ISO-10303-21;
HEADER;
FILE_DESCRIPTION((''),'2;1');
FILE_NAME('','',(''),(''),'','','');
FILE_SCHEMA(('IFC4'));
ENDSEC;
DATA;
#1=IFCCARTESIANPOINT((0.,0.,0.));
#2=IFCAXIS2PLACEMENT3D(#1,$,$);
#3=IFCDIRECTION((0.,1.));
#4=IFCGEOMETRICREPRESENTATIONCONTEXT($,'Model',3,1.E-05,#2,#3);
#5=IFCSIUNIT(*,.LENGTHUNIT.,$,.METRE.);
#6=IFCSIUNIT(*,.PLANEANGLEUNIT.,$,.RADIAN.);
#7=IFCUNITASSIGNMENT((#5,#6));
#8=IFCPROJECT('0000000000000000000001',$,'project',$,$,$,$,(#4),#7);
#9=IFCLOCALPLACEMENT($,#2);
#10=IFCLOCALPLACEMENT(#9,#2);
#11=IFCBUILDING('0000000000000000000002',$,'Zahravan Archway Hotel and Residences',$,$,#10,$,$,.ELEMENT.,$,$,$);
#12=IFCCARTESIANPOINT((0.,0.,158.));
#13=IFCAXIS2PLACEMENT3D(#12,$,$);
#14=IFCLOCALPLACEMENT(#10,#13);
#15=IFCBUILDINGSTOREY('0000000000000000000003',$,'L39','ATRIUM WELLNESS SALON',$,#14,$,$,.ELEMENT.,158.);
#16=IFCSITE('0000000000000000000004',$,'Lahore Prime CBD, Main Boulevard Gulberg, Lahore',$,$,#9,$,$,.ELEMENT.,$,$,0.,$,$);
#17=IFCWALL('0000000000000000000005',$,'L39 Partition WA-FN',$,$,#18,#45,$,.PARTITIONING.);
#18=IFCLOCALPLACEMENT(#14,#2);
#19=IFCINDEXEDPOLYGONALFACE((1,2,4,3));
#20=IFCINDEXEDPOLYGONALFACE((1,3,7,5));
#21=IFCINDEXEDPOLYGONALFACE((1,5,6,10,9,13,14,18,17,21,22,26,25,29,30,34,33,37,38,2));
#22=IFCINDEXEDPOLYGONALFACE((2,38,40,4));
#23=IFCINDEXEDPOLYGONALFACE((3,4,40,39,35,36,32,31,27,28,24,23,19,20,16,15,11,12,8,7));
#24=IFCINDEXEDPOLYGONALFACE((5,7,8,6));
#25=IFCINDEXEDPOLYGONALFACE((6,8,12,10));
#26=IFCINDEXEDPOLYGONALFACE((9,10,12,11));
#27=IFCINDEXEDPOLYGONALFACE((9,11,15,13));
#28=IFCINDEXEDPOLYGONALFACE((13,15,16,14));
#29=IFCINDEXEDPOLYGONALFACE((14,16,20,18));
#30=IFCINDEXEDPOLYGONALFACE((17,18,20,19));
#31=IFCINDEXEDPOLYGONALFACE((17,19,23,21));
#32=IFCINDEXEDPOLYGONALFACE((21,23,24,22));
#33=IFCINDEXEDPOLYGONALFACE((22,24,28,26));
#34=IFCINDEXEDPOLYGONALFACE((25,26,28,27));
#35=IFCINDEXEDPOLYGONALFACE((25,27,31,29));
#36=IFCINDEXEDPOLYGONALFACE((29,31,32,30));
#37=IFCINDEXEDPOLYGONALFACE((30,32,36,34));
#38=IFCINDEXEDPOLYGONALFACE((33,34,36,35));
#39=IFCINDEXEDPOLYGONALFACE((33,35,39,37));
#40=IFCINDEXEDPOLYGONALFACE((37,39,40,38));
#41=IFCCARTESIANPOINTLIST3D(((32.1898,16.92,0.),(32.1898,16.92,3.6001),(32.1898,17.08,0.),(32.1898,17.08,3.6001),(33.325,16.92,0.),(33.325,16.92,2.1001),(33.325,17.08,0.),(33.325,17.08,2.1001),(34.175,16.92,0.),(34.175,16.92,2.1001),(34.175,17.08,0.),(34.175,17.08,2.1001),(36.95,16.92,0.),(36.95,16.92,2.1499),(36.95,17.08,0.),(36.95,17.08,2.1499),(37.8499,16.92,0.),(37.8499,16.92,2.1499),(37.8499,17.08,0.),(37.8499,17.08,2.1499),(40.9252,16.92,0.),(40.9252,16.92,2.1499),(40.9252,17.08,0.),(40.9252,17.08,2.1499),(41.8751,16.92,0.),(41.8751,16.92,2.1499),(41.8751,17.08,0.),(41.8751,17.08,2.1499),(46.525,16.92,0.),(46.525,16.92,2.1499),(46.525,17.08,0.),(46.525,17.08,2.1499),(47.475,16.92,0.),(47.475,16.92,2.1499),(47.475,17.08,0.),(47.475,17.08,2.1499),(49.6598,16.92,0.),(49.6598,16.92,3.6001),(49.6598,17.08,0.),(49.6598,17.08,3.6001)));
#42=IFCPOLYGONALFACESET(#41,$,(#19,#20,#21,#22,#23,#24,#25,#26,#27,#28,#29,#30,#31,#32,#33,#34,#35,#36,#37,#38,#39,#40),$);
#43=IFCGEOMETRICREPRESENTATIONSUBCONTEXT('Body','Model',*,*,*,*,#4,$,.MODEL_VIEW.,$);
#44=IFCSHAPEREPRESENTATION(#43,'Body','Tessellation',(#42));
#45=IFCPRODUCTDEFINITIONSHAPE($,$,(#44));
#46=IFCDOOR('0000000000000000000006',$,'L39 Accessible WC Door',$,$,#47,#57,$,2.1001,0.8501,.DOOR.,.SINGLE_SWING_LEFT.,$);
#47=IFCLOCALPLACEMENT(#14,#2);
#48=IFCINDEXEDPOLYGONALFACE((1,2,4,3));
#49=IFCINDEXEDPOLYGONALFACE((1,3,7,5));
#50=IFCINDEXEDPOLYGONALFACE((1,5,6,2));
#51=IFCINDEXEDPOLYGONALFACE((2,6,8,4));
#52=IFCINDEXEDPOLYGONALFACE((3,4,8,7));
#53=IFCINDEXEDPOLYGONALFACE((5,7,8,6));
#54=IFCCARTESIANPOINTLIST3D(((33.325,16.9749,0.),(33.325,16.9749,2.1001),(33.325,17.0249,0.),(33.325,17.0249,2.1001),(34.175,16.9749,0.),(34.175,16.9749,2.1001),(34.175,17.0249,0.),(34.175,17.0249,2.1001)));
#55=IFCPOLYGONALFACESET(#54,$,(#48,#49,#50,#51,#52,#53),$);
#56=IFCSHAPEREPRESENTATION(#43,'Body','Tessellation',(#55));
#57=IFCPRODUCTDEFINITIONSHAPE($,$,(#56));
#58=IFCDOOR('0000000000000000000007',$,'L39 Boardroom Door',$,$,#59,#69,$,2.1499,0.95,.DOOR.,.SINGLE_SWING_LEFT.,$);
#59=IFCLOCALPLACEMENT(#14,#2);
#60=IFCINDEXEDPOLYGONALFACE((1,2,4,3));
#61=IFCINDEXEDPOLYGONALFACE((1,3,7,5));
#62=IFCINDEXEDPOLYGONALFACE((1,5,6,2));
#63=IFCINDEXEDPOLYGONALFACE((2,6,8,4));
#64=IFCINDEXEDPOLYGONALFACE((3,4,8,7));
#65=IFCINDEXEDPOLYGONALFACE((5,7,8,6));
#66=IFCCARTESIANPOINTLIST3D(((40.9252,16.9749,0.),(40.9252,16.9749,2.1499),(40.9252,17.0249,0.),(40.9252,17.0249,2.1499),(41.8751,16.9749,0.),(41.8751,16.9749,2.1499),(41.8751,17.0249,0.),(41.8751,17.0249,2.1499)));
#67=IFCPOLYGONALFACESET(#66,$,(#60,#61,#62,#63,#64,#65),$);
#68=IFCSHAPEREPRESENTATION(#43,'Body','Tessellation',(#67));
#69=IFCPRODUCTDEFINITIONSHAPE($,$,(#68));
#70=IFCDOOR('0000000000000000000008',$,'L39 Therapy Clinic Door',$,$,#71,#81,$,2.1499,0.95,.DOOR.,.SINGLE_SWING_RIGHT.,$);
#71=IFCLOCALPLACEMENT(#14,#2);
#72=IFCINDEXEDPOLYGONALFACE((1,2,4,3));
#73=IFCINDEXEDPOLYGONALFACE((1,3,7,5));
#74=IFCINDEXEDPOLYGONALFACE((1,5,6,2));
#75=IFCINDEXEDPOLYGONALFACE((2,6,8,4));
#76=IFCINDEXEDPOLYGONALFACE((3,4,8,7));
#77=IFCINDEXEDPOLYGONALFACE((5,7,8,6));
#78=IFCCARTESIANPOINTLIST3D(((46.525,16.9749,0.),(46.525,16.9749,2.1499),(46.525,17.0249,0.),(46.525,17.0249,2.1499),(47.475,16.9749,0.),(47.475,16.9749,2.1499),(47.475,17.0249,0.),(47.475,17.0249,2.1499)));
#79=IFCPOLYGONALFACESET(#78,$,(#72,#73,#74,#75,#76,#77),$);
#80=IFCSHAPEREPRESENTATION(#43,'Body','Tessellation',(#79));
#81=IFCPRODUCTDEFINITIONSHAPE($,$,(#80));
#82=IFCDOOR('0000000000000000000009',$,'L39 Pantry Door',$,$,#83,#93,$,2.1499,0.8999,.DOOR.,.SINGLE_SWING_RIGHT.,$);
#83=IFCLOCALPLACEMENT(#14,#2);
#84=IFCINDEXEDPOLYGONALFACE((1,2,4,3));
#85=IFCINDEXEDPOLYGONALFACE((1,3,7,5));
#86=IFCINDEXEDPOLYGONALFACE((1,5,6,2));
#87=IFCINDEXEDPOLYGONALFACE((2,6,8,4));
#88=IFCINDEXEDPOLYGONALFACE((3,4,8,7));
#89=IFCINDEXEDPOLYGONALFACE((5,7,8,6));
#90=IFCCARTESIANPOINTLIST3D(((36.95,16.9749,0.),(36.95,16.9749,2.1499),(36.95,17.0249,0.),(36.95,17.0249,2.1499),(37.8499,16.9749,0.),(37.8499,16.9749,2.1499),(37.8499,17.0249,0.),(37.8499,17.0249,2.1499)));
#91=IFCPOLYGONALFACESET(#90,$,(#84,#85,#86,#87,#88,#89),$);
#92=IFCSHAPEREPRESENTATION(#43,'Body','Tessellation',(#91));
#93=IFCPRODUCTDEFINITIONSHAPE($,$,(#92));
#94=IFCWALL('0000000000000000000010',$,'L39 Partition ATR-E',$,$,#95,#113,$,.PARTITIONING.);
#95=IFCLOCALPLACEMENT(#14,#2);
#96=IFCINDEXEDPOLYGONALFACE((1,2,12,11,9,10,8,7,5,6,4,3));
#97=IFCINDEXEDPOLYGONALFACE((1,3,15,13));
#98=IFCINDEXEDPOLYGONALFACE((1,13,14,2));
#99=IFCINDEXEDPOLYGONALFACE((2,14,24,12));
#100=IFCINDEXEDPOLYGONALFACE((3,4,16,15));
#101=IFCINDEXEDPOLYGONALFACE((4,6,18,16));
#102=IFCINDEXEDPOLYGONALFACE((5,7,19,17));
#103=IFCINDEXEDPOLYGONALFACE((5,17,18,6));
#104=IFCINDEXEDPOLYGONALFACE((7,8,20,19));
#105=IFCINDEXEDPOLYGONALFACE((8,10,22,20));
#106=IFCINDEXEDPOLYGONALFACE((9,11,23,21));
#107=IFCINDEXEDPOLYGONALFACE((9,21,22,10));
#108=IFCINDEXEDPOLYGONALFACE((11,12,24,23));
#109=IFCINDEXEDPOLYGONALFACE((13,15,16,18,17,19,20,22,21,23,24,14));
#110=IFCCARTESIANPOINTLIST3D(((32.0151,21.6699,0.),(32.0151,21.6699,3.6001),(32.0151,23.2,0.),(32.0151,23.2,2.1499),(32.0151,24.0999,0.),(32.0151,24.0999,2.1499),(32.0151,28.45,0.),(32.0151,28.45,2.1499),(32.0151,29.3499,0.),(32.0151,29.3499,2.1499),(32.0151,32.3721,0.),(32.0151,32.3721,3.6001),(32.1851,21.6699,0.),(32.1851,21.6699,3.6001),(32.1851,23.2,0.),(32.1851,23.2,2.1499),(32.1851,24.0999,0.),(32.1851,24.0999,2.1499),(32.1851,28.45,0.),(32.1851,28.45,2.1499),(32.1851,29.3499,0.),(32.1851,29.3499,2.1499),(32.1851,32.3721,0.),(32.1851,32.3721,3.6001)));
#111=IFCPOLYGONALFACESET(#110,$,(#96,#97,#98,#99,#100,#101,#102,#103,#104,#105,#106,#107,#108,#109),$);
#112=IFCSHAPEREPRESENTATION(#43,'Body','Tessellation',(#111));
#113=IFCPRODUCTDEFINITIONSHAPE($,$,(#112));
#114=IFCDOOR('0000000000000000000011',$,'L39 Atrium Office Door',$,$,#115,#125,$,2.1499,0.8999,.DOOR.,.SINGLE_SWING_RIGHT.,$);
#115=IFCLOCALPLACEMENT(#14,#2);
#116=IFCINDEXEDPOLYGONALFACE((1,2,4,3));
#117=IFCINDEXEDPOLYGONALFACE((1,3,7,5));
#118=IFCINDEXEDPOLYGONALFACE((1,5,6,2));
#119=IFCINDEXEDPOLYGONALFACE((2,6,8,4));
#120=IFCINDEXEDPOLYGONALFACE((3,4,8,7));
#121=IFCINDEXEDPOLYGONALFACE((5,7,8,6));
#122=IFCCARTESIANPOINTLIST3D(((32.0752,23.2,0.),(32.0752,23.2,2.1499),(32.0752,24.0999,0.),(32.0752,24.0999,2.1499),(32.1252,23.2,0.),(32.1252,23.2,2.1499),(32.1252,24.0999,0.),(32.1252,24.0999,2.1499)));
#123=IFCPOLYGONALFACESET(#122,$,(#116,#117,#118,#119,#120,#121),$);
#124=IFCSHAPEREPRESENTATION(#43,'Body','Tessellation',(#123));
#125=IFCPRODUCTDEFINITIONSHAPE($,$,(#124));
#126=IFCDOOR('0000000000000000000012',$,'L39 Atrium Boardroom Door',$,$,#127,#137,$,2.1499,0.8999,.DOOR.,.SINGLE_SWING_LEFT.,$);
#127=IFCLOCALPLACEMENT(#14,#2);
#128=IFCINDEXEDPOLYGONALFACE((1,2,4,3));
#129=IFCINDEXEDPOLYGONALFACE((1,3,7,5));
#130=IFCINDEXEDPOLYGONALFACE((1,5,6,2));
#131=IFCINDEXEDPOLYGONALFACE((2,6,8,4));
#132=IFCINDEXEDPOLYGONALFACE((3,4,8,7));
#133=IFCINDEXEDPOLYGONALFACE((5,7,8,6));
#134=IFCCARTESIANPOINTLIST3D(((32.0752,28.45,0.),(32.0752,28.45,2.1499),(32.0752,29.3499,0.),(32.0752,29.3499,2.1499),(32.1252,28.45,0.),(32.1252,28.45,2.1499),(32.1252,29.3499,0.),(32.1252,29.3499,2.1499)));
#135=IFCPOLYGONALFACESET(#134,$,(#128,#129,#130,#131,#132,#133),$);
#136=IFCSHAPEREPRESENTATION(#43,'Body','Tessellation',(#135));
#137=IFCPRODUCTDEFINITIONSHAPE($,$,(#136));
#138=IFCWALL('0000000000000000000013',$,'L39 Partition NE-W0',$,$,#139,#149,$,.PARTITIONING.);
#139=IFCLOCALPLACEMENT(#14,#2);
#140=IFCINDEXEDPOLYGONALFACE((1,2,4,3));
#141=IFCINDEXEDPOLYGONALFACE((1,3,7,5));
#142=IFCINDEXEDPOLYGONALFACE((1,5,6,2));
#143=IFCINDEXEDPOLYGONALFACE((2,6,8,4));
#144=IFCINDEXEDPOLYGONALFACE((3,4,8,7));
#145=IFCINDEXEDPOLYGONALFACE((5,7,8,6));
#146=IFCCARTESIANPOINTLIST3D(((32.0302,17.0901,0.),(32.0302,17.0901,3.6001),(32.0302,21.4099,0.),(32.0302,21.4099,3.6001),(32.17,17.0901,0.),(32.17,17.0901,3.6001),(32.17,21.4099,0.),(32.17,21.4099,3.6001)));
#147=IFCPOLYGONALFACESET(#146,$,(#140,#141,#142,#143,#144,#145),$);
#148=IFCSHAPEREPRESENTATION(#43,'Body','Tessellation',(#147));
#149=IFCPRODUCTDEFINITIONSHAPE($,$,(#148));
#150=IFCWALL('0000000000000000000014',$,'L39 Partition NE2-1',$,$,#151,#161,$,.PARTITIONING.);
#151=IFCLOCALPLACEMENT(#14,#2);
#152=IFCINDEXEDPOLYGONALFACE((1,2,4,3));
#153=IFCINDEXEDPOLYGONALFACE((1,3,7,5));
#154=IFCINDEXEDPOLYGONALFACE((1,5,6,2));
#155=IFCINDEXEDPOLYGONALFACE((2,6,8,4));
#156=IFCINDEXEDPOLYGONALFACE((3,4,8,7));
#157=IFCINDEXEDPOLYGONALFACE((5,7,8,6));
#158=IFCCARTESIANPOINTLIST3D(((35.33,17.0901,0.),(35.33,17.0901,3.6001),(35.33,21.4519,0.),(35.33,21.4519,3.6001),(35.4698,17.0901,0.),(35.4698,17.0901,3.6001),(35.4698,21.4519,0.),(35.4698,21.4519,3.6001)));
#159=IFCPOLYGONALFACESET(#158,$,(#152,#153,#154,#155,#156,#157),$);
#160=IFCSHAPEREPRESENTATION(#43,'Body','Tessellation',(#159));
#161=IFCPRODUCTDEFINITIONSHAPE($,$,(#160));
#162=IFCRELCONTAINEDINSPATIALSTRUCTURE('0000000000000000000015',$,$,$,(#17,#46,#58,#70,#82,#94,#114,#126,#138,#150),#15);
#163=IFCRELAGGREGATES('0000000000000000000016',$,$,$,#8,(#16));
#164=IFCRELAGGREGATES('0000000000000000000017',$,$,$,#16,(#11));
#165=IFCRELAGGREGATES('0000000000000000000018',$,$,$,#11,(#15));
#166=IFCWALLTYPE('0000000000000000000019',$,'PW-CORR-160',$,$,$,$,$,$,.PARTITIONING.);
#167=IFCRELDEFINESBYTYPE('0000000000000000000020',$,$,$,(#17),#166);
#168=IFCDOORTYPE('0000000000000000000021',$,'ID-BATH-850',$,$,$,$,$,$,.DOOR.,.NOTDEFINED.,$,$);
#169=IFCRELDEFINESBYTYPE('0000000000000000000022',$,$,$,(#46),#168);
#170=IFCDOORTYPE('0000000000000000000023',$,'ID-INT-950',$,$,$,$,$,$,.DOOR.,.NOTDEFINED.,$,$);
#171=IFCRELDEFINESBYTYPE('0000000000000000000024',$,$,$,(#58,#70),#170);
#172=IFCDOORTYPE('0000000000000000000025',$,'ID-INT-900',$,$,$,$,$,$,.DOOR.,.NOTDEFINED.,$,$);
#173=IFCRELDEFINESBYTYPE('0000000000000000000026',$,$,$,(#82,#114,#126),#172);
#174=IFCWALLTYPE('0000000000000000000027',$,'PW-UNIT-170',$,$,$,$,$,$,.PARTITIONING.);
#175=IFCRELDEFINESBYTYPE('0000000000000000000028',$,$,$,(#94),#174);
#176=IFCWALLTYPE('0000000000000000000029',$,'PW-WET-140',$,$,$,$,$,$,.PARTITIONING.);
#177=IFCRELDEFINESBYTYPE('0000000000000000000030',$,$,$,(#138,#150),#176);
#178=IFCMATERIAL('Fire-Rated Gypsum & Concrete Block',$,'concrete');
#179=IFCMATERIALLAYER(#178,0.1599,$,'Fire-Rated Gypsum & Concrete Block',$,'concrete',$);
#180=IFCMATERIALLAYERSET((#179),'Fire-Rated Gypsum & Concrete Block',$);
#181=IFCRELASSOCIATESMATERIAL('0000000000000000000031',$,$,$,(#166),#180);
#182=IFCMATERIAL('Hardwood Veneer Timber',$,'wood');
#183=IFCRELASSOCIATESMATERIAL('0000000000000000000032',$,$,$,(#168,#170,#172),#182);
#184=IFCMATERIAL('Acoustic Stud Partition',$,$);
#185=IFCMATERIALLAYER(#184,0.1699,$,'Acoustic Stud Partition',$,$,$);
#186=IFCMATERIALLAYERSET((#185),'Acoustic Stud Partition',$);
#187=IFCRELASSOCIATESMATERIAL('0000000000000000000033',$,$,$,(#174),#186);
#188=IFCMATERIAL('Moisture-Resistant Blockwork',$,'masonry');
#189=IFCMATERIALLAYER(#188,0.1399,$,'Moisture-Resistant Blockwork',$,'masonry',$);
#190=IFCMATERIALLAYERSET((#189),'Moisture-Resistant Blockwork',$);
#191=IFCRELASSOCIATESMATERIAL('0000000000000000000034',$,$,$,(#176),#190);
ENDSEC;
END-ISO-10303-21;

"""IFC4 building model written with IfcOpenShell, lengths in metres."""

from ifc_helpers import new_model, si_unit, direction, frame, frame_2d, origin, place, context, subcontext, project, spatial, rectangle, extrude, source, transform, mapped, material, layer, layer_set, type_object, type_shapes, element, fill, save


model = new_model("IFC4")

# Units and contexts
model_context = context("Model", 3, precision=1e-05, world=origin(), true_north=direction((0.0, 1.0)))
body_context = subcontext(model_context, "Body", "Model", "MODEL_VIEW")
ifc_project = project(units=[si_unit("LENGTHUNIT", "METRE"), si_unit("PLANEANGLEUNIT", "RADIAN")], contexts=[model_context])

# Site, building, storey
site_placement = place(None, origin())
site = spatial("IfcSite", under=ifc_project, at=site_placement, Name="Lahore Prime CBD, Main Boulevard Gulberg, Lahore", CompositionType="ELEMENT", RefElevation=0.0)
building_placement = place(site_placement, origin())
building = spatial("IfcBuilding", under=site, at=building_placement, Name="Zahravan Archway Hotel and Residences", CompositionType="ELEMENT")
storey_placement = place(building_placement, frame((0.0, 0.0, 158.0)))
storey = spatial("IfcBuildingStorey", under=building, at=storey_placement, Name="L39", Description="ATRIUM WELLNESS SALON", CompositionType="ELEMENT", Elevation=158.0)

# Walls, openings, doors
ifc_material_1 = material(Name="Fire-Rated Gypsum & Concrete Block", Category="concrete")
ifc_layer_1 = layer(ifc_material_1, 0.1599, Name="Fire-Rated Gypsum & Concrete Block", Category="concrete")
ifc_layer_set_1 = layer_set([ifc_layer_1], Name="Fire-Rated Gypsum & Concrete Block")
wall_type_1 = type_object("IfcWallType", Name="PW-CORR-160", PredefinedType="PARTITIONING", material=ifc_layer_set_1)
wall_1_placement = place(storey_placement, frame((32.1899, 17.0, 0.0), z_axis=(0.0, 0.0, 1.0), x_axis=(1.0, 0.0, 0.0)))
wall_1 = element("IfcWall", 1, at=wall_1_placement, inside=storey, type_object=wall_type_1, Name="L39 Partition WA-FN", PredefinedType="PARTITIONING", context=body_context, shape_type="SweptSolid", body=[
    extrude(rectangle(XDim=17.47, YDim=0.1599, at=frame_2d((8.7349, 0.0))), origin(), (0.0, 0.0, 1.0), 3.6001),
])
opening_1_placement = place(wall_1_placement, frame((1.135, 0.0, 0.0)))
opening_1 = element("IfcOpeningElement", 2, at=opening_1_placement, cuts=wall_1, PredefinedType="OPENING", context=body_context, shape_type="SweptSolid", body=[
    extrude(rectangle(XDim=0.8501, YDim=2.1001, at=frame_2d((0.425, 1.05))), frame((0.0, 0.0898, 0.0), z_axis=(0.0, -1.0, 0.0), x_axis=(1.0, 0.0, 0.0)), (0.0, 0.0, 1.0), 0.1799),
])
opening_2_placement = place(wall_1_placement, frame((4.76, 0.0, 0.0)))
opening_2 = element("IfcOpeningElement", 3, at=opening_2_placement, cuts=wall_1, PredefinedType="OPENING", context=body_context, shape_type="SweptSolid", body=[
    extrude(rectangle(XDim=0.8999, YDim=2.1499, at=frame_2d((0.45, 1.075))), frame((0.0, 0.0898, 0.0), z_axis=(0.0, -1.0, 0.0), x_axis=(1.0, 0.0, 0.0)), (0.0, 0.0, 1.0), 0.1799),
])
opening_3_placement = place(wall_1_placement, frame((8.7351, 0.0, 0.0)))
opening_3 = element("IfcOpeningElement", 4, at=opening_3_placement, cuts=wall_1, PredefinedType="OPENING", context=body_context, shape_type="SweptSolid", body=[
    extrude(rectangle(XDim=0.95, YDim=2.1499, at=frame_2d((0.4751, 1.075))), frame((0.0, 0.0898, 0.0), z_axis=(0.0, -1.0, 0.0), x_axis=(1.0, 0.0, 0.0)), (0.0, 0.0, 1.0), 0.1799),
])
opening_4_placement = place(wall_1_placement, frame((14.335, 0.0, 0.0)))
opening_4 = element("IfcOpeningElement", 5, at=opening_4_placement, cuts=wall_1, PredefinedType="OPENING", context=body_context, shape_type="SweptSolid", body=[
    extrude(rectangle(XDim=0.95, YDim=2.1499, at=frame_2d((0.4751, 1.075))), frame((0.0, 0.0898, 0.0), z_axis=(0.0, -1.0, 0.0), x_axis=(1.0, 0.0, 0.0)), (0.0, 0.0, 1.0), 0.1799),
])
ifc_material_2 = material(Name="Hardwood Veneer Timber", Category="wood")
door_type_1 = type_object("IfcDoorType", Name="ID-BATH-850", OperationType="NOTDEFINED", PredefinedType="DOOR", material=ifc_material_2)
shared_shape_1 = source(origin(), body_context, "Body", "SweptSolid", [
    extrude(rectangle(XDim=0.8501, YDim=2.1001, at=frame_2d((0.425, 1.05))), frame((0.0, 0.0249, 0.0), z_axis=(0.0, -1.0, 0.0), x_axis=(1.0, 0.0, 0.0)), (0.0, 0.0, 1.0), 0.05),
])
type_shapes(door_type_1, [shared_shape_1])
door_1_placement = place(opening_1_placement, origin())
door_1 = element("IfcDoor", 6, at=door_1_placement, inside=storey, type_object=door_type_1, Name="L39 Accessible WC Door", OperationType="SINGLE_SWING_LEFT", OverallHeight=2.1001, OverallWidth=0.8501, PredefinedType="DOOR", context=body_context, shape_type="MappedRepresentation", body=[
    mapped(shared_shape_1, transform((0.0, 0.0, 0.0), scale=1.0)),
])
fill(opening_1, door_1)
door_type_2 = type_object("IfcDoorType", Name="ID-INT-950", OperationType="NOTDEFINED", PredefinedType="DOOR", material=ifc_material_2)
shared_shape_2 = source(origin(), body_context, "Body", "SweptSolid", [
    extrude(rectangle(XDim=0.95, YDim=2.1499, at=frame_2d((0.4751, 1.075))), frame((0.0, 0.0249, 0.0), z_axis=(0.0, -1.0, 0.0), x_axis=(1.0, 0.0, 0.0)), (0.0, 0.0, 1.0), 0.05),
])
type_shapes(door_type_2, [shared_shape_2])
door_2_placement = place(opening_3_placement, origin())
door_2 = element("IfcDoor", 7, at=door_2_placement, inside=storey, type_object=door_type_2, Name="L39 Boardroom Door", OperationType="SINGLE_SWING_LEFT", OverallHeight=2.1499, OverallWidth=0.95, PredefinedType="DOOR", context=body_context, shape_type="MappedRepresentation", body=[
    mapped(shared_shape_2, transform((0.0, 0.0, 0.0), scale=1.0)),
])
fill(opening_3, door_2)
door_3_placement = place(opening_4_placement, origin())
door_3 = element("IfcDoor", 8, at=door_3_placement, inside=storey, type_object=door_type_2, Name="L39 Therapy Clinic Door", OperationType="SINGLE_SWING_RIGHT", OverallHeight=2.1499, OverallWidth=0.95, PredefinedType="DOOR", context=body_context, shape_type="MappedRepresentation", body=[
    mapped(shared_shape_2, transform((0.0, 0.0, 0.0), scale=1.0)),
])
fill(opening_4, door_3)
door_type_3 = type_object("IfcDoorType", Name="ID-INT-900", OperationType="NOTDEFINED", PredefinedType="DOOR", material=ifc_material_2)
shared_shape_3 = source(origin(), body_context, "Body", "SweptSolid", [
    extrude(rectangle(XDim=0.8999, YDim=2.1499, at=frame_2d((0.45, 1.075))), frame((0.0, 0.0249, 0.0), z_axis=(0.0, -1.0, 0.0), x_axis=(1.0, 0.0, 0.0)), (0.0, 0.0, 1.0), 0.05),
])
type_shapes(door_type_3, [shared_shape_3])
door_4_placement = place(opening_2_placement, origin())
door_4 = element("IfcDoor", 9, at=door_4_placement, inside=storey, type_object=door_type_3, Name="L39 Pantry Door", OperationType="SINGLE_SWING_RIGHT", OverallHeight=2.1499, OverallWidth=0.8999, PredefinedType="DOOR", context=body_context, shape_type="MappedRepresentation", body=[
    mapped(shared_shape_3, transform((0.0, 0.0, 0.0), scale=1.0)),
])
fill(opening_2, door_4)
ifc_material_3 = material(Name="Acoustic Stud Partition")
ifc_layer_2 = layer(ifc_material_3, 0.1699, Name="Acoustic Stud Partition")
ifc_layer_set_2 = layer_set([ifc_layer_2], Name="Acoustic Stud Partition")
wall_type_2 = type_object("IfcWallType", Name="PW-UNIT-170", PredefinedType="PARTITIONING", material=ifc_layer_set_2)
wall_2_placement = place(storey_placement, frame((32.1001, 21.6699, 0.0), z_axis=(0.0, 0.0, 1.0), x_axis=(0.0, 1.0, 0.0)))
wall_2 = element("IfcWall", 10, at=wall_2_placement, inside=storey, type_object=wall_type_2, Name="L39 Partition ATR-E", PredefinedType="PARTITIONING", context=body_context, shape_type="SweptSolid", body=[
    extrude(rectangle(XDim=10.7021, YDim=0.1699, at=frame_2d((5.3511, 0.0))), origin(), (0.0, 0.0, 1.0), 3.6001),
])
opening_5_placement = place(wall_2_placement, frame((1.53, 0.0, 0.0)))
opening_5 = element("IfcOpeningElement", 11, at=opening_5_placement, cuts=wall_2, PredefinedType="OPENING", context=body_context, shape_type="SweptSolid", body=[
    extrude(rectangle(XDim=0.8999, YDim=2.1499, at=frame_2d((0.45, 1.075))), frame((0.0, 0.095, 0.0), z_axis=(0.0, -1.0, 0.0), x_axis=(1.0, 0.0, 0.0)), (0.0, 0.0, 1.0), 0.1899),
])
opening_6_placement = place(wall_2_placement, frame((6.78, 0.0, 0.0)))
opening_6 = element("IfcOpeningElement", 12, at=opening_6_placement, cuts=wall_2, PredefinedType="OPENING", context=body_context, shape_type="SweptSolid", body=[
    extrude(rectangle(XDim=0.8999, YDim=2.1499, at=frame_2d((0.45, 1.075))), frame((0.0, 0.095, 0.0), z_axis=(0.0, -1.0, 0.0), x_axis=(1.0, 0.0, 0.0)), (0.0, 0.0, 1.0), 0.1899),
])
door_5_placement = place(opening_5_placement, origin())
door_5 = element("IfcDoor", 13, at=door_5_placement, inside=storey, type_object=door_type_3, Name="L39 Atrium Office Door", OperationType="SINGLE_SWING_RIGHT", OverallHeight=2.1499, OverallWidth=0.8999, PredefinedType="DOOR", context=body_context, shape_type="MappedRepresentation", body=[
    mapped(shared_shape_3, transform((0.0, 0.0, 0.0), scale=1.0)),
])
fill(opening_5, door_5)
door_6_placement = place(opening_6_placement, origin())
door_6 = element("IfcDoor", 14, at=door_6_placement, inside=storey, type_object=door_type_3, Name="L39 Atrium Boardroom Door", OperationType="SINGLE_SWING_LEFT", OverallHeight=2.1499, OverallWidth=0.8999, PredefinedType="DOOR", context=body_context, shape_type="MappedRepresentation", body=[
    mapped(shared_shape_3, transform((0.0, 0.0, 0.0), scale=1.0)),
])
fill(opening_6, door_6)

# Walls
ifc_material_4 = material(Name="Moisture-Resistant Blockwork", Category="masonry")
ifc_layer_3 = layer(ifc_material_4, 0.1399, Name="Moisture-Resistant Blockwork", Category="masonry")
ifc_layer_set_3 = layer_set([ifc_layer_3], Name="Moisture-Resistant Blockwork")
wall_type_3 = type_object("IfcWallType", Name="PW-WET-140", PredefinedType="PARTITIONING", material=ifc_layer_set_3)
wall_3_placement = place(storey_placement, frame((32.1001, 17.0901, 0.0), z_axis=(0.0, 0.0, 1.0), x_axis=(0.0, 1.0, 0.0)))
element("IfcWall", 15, at=wall_3_placement, inside=storey, type_object=wall_type_3, Name="L39 Partition NE-W0", PredefinedType="PARTITIONING", context=body_context, shape_type="SweptSolid", body=[
    extrude(rectangle(XDim=4.3198, YDim=0.1399, at=frame_2d((2.1599, 0.0))), origin(), (0.0, 0.0, 1.0), 3.6001),
])
wall_4_placement = place(storey_placement, frame((35.3999, 17.0901, 0.0), z_axis=(0.0, 0.0, 1.0), x_axis=(0.0, 1.0, 0.0)))
element("IfcWall", 16, at=wall_4_placement, inside=storey, type_object=wall_type_3, Name="L39 Partition NE2-1", PredefinedType="PARTITIONING", context=body_context, shape_type="SweptSolid", body=[
    extrude(rectangle(XDim=4.3618, YDim=0.1399, at=frame_2d((2.1809, 0.0))), origin(), (0.0, 0.0, 1.0), 3.6001),
])

save(model, "model.ifc")
